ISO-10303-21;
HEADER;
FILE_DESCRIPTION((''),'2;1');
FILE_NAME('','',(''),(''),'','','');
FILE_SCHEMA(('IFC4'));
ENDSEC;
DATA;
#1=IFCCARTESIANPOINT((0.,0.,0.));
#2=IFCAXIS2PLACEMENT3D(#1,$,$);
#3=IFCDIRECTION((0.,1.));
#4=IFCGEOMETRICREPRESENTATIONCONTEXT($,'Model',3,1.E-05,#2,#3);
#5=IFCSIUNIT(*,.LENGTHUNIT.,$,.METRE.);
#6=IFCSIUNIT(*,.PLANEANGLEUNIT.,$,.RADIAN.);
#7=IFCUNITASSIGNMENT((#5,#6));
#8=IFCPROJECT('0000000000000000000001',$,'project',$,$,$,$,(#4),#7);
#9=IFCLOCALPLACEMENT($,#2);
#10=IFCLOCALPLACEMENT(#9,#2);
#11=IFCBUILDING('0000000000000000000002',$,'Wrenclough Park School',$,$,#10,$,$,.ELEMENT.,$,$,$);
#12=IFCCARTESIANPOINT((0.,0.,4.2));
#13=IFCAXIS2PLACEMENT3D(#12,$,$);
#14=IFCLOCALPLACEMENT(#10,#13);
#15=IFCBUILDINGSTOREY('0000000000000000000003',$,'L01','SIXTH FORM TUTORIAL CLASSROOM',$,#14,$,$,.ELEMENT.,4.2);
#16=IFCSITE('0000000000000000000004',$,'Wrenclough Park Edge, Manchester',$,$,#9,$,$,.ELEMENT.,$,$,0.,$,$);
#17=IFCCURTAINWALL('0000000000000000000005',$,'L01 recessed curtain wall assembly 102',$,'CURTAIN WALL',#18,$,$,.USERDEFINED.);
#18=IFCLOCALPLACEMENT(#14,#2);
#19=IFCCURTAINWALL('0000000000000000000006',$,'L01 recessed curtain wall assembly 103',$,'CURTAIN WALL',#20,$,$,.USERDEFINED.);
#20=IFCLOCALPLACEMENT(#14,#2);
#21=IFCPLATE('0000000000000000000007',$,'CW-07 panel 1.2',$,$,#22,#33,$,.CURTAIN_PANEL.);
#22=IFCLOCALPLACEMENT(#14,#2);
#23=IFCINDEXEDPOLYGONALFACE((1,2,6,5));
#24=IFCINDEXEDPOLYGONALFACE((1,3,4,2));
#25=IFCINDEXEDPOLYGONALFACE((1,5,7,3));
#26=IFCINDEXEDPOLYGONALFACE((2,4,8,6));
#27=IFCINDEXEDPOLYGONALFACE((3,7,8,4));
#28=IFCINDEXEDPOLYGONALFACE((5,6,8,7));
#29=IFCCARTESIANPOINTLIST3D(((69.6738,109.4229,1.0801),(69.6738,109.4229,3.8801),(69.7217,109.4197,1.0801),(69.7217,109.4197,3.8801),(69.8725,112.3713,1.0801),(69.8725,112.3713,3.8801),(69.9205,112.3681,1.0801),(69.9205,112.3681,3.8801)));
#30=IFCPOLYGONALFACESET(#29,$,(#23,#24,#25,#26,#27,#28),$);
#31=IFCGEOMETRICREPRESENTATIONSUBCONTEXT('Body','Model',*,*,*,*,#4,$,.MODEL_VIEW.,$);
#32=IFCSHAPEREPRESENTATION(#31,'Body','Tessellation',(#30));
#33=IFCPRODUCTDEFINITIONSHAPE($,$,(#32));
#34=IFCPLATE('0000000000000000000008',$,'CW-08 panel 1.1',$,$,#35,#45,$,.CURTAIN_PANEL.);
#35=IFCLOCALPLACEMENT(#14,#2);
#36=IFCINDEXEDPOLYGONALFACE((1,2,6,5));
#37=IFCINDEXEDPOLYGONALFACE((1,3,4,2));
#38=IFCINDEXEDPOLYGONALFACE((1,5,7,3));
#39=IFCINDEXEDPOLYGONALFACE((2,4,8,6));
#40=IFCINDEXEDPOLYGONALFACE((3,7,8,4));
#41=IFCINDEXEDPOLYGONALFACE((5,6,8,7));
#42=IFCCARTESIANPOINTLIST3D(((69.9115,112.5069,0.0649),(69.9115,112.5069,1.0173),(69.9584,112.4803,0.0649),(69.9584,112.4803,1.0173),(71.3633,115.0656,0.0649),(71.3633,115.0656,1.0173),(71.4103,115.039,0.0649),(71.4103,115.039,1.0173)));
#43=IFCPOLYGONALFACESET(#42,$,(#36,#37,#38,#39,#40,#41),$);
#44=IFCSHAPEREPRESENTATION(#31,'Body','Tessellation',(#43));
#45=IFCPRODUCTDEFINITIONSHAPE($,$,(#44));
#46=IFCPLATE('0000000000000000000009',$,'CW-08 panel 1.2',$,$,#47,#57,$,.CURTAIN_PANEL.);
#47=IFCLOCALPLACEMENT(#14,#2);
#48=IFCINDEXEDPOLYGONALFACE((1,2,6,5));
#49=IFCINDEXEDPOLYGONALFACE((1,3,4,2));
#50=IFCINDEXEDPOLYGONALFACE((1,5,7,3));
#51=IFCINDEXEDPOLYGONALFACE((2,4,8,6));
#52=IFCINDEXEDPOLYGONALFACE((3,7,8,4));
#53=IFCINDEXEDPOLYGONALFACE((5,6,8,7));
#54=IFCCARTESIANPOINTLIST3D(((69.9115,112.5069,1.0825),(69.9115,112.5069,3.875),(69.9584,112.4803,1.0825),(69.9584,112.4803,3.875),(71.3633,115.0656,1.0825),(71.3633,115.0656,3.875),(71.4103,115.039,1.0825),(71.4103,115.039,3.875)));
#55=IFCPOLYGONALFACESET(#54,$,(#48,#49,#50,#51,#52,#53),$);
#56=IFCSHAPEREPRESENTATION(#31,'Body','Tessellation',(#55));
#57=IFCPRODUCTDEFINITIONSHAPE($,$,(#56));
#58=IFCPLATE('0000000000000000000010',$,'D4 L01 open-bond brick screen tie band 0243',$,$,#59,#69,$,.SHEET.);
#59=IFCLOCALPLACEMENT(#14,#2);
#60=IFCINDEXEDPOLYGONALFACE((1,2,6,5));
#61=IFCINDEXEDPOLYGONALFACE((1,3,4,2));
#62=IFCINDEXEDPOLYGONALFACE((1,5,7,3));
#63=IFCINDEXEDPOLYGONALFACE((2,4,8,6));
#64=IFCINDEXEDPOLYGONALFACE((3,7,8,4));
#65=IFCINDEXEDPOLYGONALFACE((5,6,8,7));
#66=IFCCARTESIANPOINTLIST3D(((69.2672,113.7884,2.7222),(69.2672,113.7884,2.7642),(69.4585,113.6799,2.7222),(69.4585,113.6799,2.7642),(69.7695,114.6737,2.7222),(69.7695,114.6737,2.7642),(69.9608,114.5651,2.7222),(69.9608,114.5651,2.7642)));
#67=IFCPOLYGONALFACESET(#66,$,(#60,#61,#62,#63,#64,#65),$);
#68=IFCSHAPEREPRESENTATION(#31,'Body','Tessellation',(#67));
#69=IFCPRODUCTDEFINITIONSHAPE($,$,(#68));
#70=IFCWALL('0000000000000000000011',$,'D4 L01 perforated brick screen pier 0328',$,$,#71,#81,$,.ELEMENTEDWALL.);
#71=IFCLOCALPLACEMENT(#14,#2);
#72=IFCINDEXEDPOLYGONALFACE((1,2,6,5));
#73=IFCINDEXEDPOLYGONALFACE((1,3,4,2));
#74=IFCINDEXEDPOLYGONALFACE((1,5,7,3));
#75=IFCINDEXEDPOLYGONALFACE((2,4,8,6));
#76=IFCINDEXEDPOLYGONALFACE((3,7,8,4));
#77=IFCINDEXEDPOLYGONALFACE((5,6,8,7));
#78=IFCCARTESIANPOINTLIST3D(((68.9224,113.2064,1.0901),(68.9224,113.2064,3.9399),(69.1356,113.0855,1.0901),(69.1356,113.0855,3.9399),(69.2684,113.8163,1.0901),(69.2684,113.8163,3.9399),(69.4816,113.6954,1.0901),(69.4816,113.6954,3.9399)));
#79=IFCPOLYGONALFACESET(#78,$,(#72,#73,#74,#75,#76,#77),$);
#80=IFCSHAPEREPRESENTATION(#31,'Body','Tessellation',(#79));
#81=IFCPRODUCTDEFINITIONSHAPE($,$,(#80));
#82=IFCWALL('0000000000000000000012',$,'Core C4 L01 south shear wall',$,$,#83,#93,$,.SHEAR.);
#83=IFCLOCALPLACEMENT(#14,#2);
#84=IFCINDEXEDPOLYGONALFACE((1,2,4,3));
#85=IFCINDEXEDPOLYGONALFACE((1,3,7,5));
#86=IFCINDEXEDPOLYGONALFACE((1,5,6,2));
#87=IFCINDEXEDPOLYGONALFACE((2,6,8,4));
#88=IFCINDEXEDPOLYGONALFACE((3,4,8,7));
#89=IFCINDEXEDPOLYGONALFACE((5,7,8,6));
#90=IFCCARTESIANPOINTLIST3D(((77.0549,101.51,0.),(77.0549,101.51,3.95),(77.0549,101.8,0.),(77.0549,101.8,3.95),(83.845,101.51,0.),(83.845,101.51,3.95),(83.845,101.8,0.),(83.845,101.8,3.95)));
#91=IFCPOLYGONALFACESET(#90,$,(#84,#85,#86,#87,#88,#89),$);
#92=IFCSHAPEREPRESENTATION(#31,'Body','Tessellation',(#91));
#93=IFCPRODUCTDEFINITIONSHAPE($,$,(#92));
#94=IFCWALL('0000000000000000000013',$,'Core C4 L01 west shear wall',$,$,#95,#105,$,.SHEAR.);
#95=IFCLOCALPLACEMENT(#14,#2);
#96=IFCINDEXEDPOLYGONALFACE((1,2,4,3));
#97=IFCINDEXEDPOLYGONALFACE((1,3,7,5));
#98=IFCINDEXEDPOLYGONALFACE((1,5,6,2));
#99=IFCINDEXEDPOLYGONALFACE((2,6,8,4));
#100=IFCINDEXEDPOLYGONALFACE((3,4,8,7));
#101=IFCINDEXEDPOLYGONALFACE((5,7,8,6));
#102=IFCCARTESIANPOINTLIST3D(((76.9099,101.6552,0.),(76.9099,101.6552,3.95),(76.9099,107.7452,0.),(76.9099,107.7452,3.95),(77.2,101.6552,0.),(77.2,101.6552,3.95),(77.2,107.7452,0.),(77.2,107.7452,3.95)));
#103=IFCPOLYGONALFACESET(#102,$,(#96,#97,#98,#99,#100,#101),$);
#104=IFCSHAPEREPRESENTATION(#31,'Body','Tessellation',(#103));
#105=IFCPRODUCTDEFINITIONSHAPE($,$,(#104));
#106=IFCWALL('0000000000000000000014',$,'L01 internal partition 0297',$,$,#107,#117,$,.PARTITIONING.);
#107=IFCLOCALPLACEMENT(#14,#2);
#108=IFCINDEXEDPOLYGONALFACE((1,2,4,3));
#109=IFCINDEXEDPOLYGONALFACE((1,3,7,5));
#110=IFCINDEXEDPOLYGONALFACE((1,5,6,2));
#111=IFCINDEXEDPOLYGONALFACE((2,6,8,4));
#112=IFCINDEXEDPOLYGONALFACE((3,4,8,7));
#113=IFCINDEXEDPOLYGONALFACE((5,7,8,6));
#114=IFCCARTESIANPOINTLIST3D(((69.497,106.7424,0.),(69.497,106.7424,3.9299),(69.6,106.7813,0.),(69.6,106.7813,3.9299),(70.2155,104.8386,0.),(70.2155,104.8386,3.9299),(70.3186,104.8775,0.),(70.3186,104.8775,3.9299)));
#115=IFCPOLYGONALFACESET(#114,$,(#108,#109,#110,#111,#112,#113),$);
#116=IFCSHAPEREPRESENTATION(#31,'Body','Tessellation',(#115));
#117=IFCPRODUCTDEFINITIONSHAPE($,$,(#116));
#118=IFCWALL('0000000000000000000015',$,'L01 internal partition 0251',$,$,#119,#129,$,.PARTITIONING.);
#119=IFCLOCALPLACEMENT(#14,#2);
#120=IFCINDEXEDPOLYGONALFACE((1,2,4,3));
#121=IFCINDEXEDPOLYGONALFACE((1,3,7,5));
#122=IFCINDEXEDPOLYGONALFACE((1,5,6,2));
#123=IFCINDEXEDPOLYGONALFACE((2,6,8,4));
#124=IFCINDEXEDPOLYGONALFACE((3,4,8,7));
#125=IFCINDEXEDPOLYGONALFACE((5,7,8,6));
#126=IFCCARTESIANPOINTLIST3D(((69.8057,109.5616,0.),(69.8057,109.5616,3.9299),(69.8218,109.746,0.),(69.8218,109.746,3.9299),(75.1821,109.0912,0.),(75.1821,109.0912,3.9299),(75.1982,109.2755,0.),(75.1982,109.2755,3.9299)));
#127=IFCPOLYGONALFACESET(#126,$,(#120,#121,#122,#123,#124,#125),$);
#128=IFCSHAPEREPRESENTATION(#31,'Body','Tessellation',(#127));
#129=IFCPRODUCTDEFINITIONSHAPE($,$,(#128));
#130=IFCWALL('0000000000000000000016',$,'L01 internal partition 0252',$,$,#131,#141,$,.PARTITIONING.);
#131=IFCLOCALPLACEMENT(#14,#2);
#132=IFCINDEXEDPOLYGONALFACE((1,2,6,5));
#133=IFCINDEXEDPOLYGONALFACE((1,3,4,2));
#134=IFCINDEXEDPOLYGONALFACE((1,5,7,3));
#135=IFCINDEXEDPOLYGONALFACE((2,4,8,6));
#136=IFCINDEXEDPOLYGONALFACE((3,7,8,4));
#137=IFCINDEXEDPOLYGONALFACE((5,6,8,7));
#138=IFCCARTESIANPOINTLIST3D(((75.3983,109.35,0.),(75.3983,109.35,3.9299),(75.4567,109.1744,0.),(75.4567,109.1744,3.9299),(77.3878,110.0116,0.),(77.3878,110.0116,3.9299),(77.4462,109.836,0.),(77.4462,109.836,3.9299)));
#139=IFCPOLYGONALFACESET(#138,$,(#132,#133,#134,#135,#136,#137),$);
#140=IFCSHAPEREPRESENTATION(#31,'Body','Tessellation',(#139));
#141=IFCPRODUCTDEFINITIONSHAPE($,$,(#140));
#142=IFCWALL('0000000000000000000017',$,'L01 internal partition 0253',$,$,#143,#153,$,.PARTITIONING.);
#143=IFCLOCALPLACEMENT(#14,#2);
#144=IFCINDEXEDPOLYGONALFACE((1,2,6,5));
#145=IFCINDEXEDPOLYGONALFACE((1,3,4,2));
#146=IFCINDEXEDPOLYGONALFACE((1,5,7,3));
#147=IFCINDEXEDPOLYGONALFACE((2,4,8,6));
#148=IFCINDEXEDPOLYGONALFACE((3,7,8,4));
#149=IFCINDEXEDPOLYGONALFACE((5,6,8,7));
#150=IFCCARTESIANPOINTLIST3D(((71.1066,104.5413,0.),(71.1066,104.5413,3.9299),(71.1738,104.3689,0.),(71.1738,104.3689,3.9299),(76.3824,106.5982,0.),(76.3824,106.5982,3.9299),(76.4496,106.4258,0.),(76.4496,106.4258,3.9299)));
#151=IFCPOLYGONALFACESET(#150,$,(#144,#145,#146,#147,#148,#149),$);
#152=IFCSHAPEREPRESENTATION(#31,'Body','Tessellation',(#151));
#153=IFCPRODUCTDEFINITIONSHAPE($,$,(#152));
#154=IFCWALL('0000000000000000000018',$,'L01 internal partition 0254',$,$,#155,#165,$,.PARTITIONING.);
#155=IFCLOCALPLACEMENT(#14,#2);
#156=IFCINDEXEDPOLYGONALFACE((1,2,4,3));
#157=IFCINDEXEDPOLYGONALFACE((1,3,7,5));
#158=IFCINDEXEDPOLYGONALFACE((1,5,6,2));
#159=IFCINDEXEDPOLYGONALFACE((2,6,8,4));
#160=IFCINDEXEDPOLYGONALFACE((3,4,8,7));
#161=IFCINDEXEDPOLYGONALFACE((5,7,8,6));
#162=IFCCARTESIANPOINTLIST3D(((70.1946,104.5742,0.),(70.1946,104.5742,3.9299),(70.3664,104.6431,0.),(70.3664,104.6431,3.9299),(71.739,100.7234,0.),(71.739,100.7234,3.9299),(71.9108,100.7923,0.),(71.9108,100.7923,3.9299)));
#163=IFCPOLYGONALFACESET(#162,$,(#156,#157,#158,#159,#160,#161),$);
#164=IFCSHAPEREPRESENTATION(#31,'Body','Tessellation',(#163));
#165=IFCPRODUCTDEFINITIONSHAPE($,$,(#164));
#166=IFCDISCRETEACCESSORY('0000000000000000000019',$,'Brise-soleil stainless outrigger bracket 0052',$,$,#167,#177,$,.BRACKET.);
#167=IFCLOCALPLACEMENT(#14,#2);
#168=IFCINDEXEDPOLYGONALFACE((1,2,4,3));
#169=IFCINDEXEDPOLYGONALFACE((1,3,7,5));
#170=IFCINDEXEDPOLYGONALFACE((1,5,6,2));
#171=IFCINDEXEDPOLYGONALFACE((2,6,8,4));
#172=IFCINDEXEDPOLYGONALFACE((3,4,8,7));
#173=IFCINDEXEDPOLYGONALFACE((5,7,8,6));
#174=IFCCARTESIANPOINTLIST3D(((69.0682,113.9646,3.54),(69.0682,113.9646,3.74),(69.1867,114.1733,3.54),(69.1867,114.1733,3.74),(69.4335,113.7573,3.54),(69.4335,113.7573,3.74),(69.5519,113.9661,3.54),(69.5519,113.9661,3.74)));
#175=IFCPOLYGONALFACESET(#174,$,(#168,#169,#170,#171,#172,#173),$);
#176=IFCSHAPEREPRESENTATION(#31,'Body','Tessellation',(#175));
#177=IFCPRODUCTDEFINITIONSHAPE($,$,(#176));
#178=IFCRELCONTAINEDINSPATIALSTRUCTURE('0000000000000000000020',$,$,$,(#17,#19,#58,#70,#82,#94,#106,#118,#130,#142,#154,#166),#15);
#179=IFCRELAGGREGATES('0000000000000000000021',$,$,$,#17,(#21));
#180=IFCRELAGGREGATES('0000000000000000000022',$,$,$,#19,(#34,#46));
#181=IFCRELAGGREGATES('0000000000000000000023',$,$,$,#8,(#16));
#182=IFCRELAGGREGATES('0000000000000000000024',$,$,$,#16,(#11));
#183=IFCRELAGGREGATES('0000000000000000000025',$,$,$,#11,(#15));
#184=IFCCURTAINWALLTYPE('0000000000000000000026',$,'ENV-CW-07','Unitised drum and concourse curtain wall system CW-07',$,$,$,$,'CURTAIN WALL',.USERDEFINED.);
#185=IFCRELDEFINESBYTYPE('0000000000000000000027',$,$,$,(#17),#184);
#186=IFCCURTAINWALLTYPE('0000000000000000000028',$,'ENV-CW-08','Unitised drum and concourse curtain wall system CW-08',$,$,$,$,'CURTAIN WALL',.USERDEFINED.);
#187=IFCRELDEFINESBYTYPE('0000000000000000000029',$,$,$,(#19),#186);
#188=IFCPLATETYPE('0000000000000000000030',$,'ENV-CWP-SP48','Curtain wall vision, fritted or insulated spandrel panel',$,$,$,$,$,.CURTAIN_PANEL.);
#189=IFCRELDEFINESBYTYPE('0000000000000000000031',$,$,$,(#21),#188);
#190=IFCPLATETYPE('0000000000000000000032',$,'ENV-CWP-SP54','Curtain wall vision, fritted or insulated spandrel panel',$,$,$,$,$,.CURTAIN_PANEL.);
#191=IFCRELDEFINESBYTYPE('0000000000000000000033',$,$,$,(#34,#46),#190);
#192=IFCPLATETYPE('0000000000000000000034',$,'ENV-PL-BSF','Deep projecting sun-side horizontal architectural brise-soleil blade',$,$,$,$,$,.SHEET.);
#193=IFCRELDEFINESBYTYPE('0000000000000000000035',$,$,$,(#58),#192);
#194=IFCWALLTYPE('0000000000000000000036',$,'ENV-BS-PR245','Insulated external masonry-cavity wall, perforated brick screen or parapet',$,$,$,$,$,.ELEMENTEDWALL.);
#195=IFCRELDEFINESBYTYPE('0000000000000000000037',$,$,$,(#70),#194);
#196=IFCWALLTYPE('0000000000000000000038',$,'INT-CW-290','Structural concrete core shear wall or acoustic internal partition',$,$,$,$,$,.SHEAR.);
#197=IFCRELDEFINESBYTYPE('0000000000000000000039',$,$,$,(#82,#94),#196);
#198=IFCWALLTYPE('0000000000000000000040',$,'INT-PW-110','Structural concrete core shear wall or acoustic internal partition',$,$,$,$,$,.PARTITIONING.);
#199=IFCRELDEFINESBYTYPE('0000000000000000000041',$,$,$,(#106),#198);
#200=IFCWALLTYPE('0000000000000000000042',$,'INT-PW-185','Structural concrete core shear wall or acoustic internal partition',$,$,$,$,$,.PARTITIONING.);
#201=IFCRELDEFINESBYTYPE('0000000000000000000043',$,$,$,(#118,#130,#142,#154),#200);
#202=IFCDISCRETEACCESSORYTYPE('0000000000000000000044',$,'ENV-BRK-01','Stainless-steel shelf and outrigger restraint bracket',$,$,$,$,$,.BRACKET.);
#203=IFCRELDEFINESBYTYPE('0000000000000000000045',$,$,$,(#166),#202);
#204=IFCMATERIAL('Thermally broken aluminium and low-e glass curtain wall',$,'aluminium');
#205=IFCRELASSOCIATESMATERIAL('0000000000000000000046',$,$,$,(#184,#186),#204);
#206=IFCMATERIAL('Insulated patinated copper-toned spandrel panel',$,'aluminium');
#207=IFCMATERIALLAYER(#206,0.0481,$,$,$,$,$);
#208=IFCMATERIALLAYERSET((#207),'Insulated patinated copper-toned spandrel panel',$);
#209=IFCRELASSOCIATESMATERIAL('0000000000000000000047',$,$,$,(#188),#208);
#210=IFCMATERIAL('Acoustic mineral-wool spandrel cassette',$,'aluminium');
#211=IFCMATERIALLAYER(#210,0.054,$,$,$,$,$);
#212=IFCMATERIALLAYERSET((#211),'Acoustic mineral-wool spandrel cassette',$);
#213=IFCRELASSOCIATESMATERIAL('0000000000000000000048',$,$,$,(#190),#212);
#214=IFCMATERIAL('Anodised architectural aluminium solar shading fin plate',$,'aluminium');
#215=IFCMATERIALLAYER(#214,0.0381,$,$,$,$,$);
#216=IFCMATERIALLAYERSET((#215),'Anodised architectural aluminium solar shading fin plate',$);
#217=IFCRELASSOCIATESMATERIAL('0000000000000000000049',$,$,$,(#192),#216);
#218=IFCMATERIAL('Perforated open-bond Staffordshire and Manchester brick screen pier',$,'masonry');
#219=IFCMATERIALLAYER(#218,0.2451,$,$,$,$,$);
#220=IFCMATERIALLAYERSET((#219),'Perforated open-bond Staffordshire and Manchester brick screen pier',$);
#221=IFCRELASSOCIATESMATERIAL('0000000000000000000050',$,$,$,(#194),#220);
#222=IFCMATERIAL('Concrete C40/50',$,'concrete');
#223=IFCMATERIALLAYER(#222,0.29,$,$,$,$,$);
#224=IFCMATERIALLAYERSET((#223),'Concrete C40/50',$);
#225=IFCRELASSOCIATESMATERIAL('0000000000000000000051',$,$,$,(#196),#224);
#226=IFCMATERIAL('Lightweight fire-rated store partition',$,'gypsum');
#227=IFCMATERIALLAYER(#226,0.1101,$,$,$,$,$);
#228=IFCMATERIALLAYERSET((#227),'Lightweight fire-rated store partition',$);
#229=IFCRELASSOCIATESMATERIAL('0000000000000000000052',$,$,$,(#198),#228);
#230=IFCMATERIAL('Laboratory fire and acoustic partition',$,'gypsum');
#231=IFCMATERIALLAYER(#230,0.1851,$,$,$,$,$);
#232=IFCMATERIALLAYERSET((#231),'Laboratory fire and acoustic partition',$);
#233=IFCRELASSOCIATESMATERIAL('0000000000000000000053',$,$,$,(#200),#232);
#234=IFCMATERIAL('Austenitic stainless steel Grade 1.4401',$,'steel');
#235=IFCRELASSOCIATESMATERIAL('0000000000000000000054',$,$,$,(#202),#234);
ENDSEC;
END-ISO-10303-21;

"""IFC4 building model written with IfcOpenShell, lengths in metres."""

from ifc_helpers import new_model, si_unit, direction, frame, frame_2d, origin, origin_2d, place, context, subcontext, project, spatial, rectangle, extrude, material, layer, layer_set, type_object, element, aggregate, save


model = new_model("IFC4")

# Units and contexts
model_context = context("Model", 3, precision=1e-05, world=origin(), true_north=direction((0.0, 1.0)))
body_context = subcontext(model_context, "Body", "Model", "MODEL_VIEW")
ifc_project = project(units=[si_unit("LENGTHUNIT", "METRE"), si_unit("PLANEANGLEUNIT", "RADIAN")], contexts=[model_context])

# Site, building, storey
site_placement = place(None, origin())
site = spatial("IfcSite", under=ifc_project, at=site_placement, Name="Wrenclough Park Edge, Manchester", CompositionType="ELEMENT", RefElevation=0.0)
building_placement = place(site_placement, origin())
building = spatial("IfcBuilding", under=site, at=building_placement, Name="Wrenclough Park School", CompositionType="ELEMENT")
storey_placement = place(building_placement, frame((0.0, 0.0, 4.2)))
storey = spatial("IfcBuildingStorey", under=building, at=storey_placement, Name="L01", Description="SIXTH FORM TUTORIAL CLASSROOM", CompositionType="ELEMENT", Elevation=4.2)

# Curtain walls
ifc_material_1 = material(Name="Thermally broken aluminium and low-e glass curtain wall", Category="aluminium")
curtain_wall_type_1 = type_object("IfcCurtainWallType", Name="ENV-CW-07", Description="Unitised drum and concourse curtain wall system CW-07", ElementType="CURTAIN WALL", PredefinedType="USERDEFINED", material=ifc_material_1)
curtain_wall_1_placement = place(storey_placement, origin())
curtain_wall_1 = element("IfcCurtainWall", 1, at=curtain_wall_1_placement, inside=storey, type_object=curtain_wall_type_1, Name="L01 recessed curtain wall assembly 102", ObjectType="CURTAIN WALL", PredefinedType="USERDEFINED")
curtain_wall_type_2 = type_object("IfcCurtainWallType", Name="ENV-CW-08", Description="Unitised drum and concourse curtain wall system CW-08", ElementType="CURTAIN WALL", PredefinedType="USERDEFINED", material=ifc_material_1)
curtain_wall_2_placement = place(storey_placement, origin())
curtain_wall_2 = element("IfcCurtainWall", 2, at=curtain_wall_2_placement, inside=storey, type_object=curtain_wall_type_2, Name="L01 recessed curtain wall assembly 103", ObjectType="CURTAIN WALL", PredefinedType="USERDEFINED")

# Plates
ifc_material_2 = material(Name="Insulated patinated copper-toned spandrel panel", Category="aluminium")
ifc_layer_1 = layer(ifc_material_2, 0.0481)
ifc_layer_set_1 = layer_set([ifc_layer_1], Name="Insulated patinated copper-toned spandrel panel")
plate_type_1 = type_object("IfcPlateType", Name="ENV-CWP-SP48", Description="Curtain wall vision, fritted or insulated spandrel panel", PredefinedType="CURTAIN_PANEL", material=ifc_layer_set_1)
plate_1_placement = place(storey_placement, frame((69.7971, 110.8955, 1.0801), z_axis=(0.0, 0.0, 1.0), x_axis=(0.067253, 0.997736, 0.0)))
plate_1 = element("IfcPlate", 3, at=plate_1_placement, type_object=plate_type_1, Name="CW-07 panel 1.2", PredefinedType="CURTAIN_PANEL", context=body_context, shape_type="SweptSolid", body=[
    extrude(rectangle(XDim=2.9551, YDim=0.0481, at=origin_2d()), origin(), (0.0, 0.0, 1.0), 2.8),
])
aggregate(curtain_wall_1, [plate_1])
ifc_material_3 = material(Name="Acoustic mineral-wool spandrel cassette", Category="aluminium")
ifc_layer_2 = layer(ifc_material_3, 0.054)
ifc_layer_set_2 = layer_set([ifc_layer_2], Name="Acoustic mineral-wool spandrel cassette")
plate_type_2 = type_object("IfcPlateType", Name="ENV-CWP-SP54", Description="Curtain wall vision, fritted or insulated spandrel panel", PredefinedType="CURTAIN_PANEL", material=ifc_layer_set_2)
plate_2_placement = place(storey_placement, frame((70.6609, 113.7729, 0.0649), z_axis=(0.0, 0.0, 1.0), x_axis=(0.493501, 0.869745, 0.0)))
plate_2 = element("IfcPlate", 4, at=plate_2_placement, type_object=plate_type_2, Name="CW-08 panel 1.1", PredefinedType="CURTAIN_PANEL", context=body_context, shape_type="SweptSolid", body=[
    extrude(rectangle(XDim=2.9419, YDim=0.054, at=origin_2d()), origin(), (0.0, 0.0, 1.0), 0.9524),
])
plate_3_placement = place(storey_placement, frame((70.6609, 113.7729, 1.0825), z_axis=(0.0, 0.0, 1.0), x_axis=(0.493501, 0.869745, 0.0)))
plate_3 = element("IfcPlate", 5, at=plate_3_placement, type_object=plate_type_2, Name="CW-08 panel 1.2", PredefinedType="CURTAIN_PANEL", context=body_context, shape_type="SweptSolid", body=[
    extrude(rectangle(XDim=2.9419, YDim=0.054, at=origin_2d()), origin(), (0.0, 0.0, 1.0), 2.7925),
])
aggregate(curtain_wall_2, [plate_2, plate_3])
ifc_material_4 = material(Name="Anodised architectural aluminium solar shading fin plate", Category="aluminium")
ifc_layer_3 = layer(ifc_material_4, 0.0381)
ifc_layer_set_3 = layer_set([ifc_layer_3], Name="Anodised architectural aluminium solar shading fin plate")
plate_type_3 = type_object("IfcPlateType", Name="ENV-PL-BSF", Description="Deep projecting sun-side horizontal architectural brise-soleil blade", PredefinedType="SHEET", material=ifc_layer_set_3)
plate_4_placement = place(storey_placement, frame((69.614, 114.1768, 2.7222), z_axis=(0.0, 0.0, 1.0), x_axis=(-0.493509, -0.869741, 0.0)))
element("IfcPlate", 6, at=plate_4_placement, inside=storey, type_object=plate_type_3, Name="D4 L01 open-bond brick screen tie band 0243", PredefinedType="SHEET", context=body_context, shape_type="SweptSolid", body=[
    extrude(rectangle(XDim=1.0178, YDim=0.22, at=origin_2d()), origin(), (0.0, 0.0, 1.0), 0.042),
])

# Walls
ifc_material_5 = material(Name="Perforated open-bond Staffordshire and Manchester brick screen pier", Category="masonry")
ifc_layer_4 = layer(ifc_material_5, 0.2451)
ifc_layer_set_4 = layer_set([ifc_layer_4], Name="Perforated open-bond Staffordshire and Manchester brick screen pier")
wall_type_1 = type_object("IfcWallType", Name="ENV-BS-PR245", Description="Insulated external masonry-cavity wall, perforated brick screen or parapet", PredefinedType="ELEMENTEDWALL", material=ifc_layer_set_4)
wall_1_placement = place(storey_placement, frame((69.375, 113.7559, 1.0901), z_axis=(0.0, 0.0, 1.0), x_axis=(-0.493399, -0.869803, 0.0)))
element("IfcWall", 7, at=wall_1_placement, inside=storey, type_object=wall_type_1, Name="D4 L01 perforated brick screen pier 0328", PredefinedType="ELEMENTEDWALL", context=body_context, shape_type="SweptSolid", body=[
    extrude(rectangle(XDim=0.7012, YDim=0.2451, at=frame_2d((0.3506, 0.0))), origin(), (0.0, 0.0, 1.0), 2.8499),
])
ifc_material_6 = material(Name="Concrete C40/50", Category="concrete")
ifc_layer_5 = layer(ifc_material_6, 0.29)
ifc_layer_set_5 = layer_set([ifc_layer_5], Name="Concrete C40/50")
wall_type_2 = type_object("IfcWallType", Name="INT-CW-290", Description="Structural concrete core shear wall or acoustic internal partition", PredefinedType="SHEAR", material=ifc_layer_set_5)
wall_2_placement = place(storey_placement, frame((77.0549, 101.655, 0.0), z_axis=(0.0, 0.0, 1.0), x_axis=(1.0, 0.0, 0.0)))
element("IfcWall", 8, at=wall_2_placement, inside=storey, type_object=wall_type_2, Name="Core C4 L01 south shear wall", PredefinedType="SHEAR", context=body_context, shape_type="SweptSolid", body=[
    extrude(rectangle(XDim=6.79, YDim=0.29, at=frame_2d((3.395, 0.0))), origin(), (0.0, 0.0, 1.0), 3.95),
])
wall_3_placement = place(storey_placement, frame((77.0549, 107.7451, 0.0), z_axis=(0.0, 0.0, 1.0), x_axis=(0.0, -1.0, 0.0)))
element("IfcWall", 9, at=wall_3_placement, inside=storey, type_object=wall_type_2, Name="Core C4 L01 west shear wall", PredefinedType="SHEAR", context=body_context, shape_type="SweptSolid", body=[
    extrude(rectangle(XDim=6.0901, YDim=0.29, at=frame_2d((3.0449, 0.0))), origin(), (0.0, 0.0, 1.0), 3.95),
])
ifc_material_7 = material(Name="Lightweight fire-rated store partition", Category="gypsum")
ifc_layer_6 = layer(ifc_material_7, 0.1101)
ifc_layer_set_6 = layer_set([ifc_layer_6], Name="Lightweight fire-rated store partition")
wall_type_3 = type_object("IfcWallType", Name="INT-PW-110", Description="Structural concrete core shear wall or acoustic internal partition", PredefinedType="PARTITIONING", material=ifc_layer_set_6)
wall_4_placement = place(storey_placement, frame((70.2671, 104.8579, 0.0), z_axis=(0.0, 0.0, 1.0), x_axis=(-0.353095, 0.935588, 0.0)))
element("IfcWall", 10, at=wall_4_placement, inside=storey, type_object=wall_type_3, Name="L01 internal partition 0297", PredefinedType="PARTITIONING", context=body_context, shape_type="SweptSolid", body=[
    extrude(rectangle(XDim=2.0349, YDim=0.1101, at=frame_2d((1.0176, 0.0))), origin(), (0.0, 0.0, 1.0), 3.9299),
])
ifc_material_8 = material(Name="Laboratory fire and acoustic partition", Category="gypsum")
ifc_layer_7 = layer(ifc_material_8, 0.1851)
ifc_layer_set_7 = layer_set([ifc_layer_7], Name="Laboratory fire and acoustic partition")
wall_type_4 = type_object("IfcWallType", Name="INT-PW-185", Description="Structural concrete core shear wall or acoustic internal partition", PredefinedType="PARTITIONING", material=ifc_layer_set_7)
wall_5_placement = place(storey_placement, frame((69.8137, 109.6538, 0.0), z_axis=(0.0, 0.0, 1.0), x_axis=(0.996193, -0.08717, 0.0)))
element("IfcWall", 11, at=wall_5_placement, inside=storey, type_object=wall_type_4, Name="L01 internal partition 0251", PredefinedType="PARTITIONING", context=body_context, shape_type="SweptSolid", body=[
    extrude(rectangle(XDim=5.397, YDim=0.1851, at=frame_2d((2.6985, 0.0))), origin(), (0.0, 0.0, 1.0), 3.9299),
])
wall_6_placement = place(storey_placement, frame((75.4275, 109.2622, 0.0), z_axis=(0.0, 0.0, 1.0), x_axis=(0.948904, 0.315564, 0.0)))
element("IfcWall", 12, at=wall_6_placement, inside=storey, type_object=wall_type_4, Name="L01 internal partition 0252", PredefinedType="PARTITIONING", context=body_context, shape_type="SweptSolid", body=[
    extrude(rectangle(XDim=2.0967, YDim=0.1851, at=frame_2d((1.0483, 0.0))), origin(), (0.0, 0.0, 1.0), 3.9299),
])
wall_7_placement = place(storey_placement, frame((76.416, 106.512, 0.0), z_axis=(0.0, 0.0, 1.0), x_axis=(-0.931697, -0.363237, 0.0)))
element("IfcWall", 13, at=wall_7_placement, inside=storey, type_object=wall_type_4, Name="L01 internal partition 0253", PredefinedType="PARTITIONING", context=body_context, shape_type="SweptSolid", body=[
    extrude(rectangle(XDim=5.6626, YDim=0.1851, at=frame_2d((2.8313, 0.0))), origin(), (0.0, 0.0, 1.0), 3.9299),
])
wall_8_placement = place(storey_placement, frame((70.2805, 104.6086, 0.0), z_axis=(0.0, 0.0, 1.0), x_axis=(0.372243, -0.928135, 0.0)))
element("IfcWall", 14, at=wall_8_placement, inside=storey, type_object=wall_type_4, Name="L01 internal partition 0254", PredefinedType="PARTITIONING", context=body_context, shape_type="SweptSolid", body=[
    extrude(rectangle(XDim=4.1489, YDim=0.1851, at=frame_2d((2.0745, 0.0))), origin(), (0.0, 0.0, 1.0), 3.9299),
])

# Discrete accessory
ifc_material_9 = material(Name="Austenitic stainless steel Grade 1.4401", Category="steel")
discrete_accessory_type_1 = type_object("IfcDiscreteAccessoryType", Name="ENV-BRK-01", Description="Stainless-steel shelf and outrigger restraint bracket", PredefinedType="BRACKET", material=ifc_material_9)
discrete_accessory_1_placement = place(storey_placement, frame((69.3101, 113.9653, 3.54), z_axis=(0.0, 0.0, 1.0), x_axis=(-0.493509, -0.869741, 0.0)))
element("IfcDiscreteAccessory", 15, at=discrete_accessory_1_placement, inside=storey, type_object=discrete_accessory_type_1, Name="Brise-soleil stainless outrigger bracket 0052", PredefinedType="BRACKET", context=body_context, shape_type="SweptSolid", body=[
    extrude(rectangle(XDim=0.24, YDim=0.4199, at=origin_2d()), origin(), (0.0, 0.0, 1.0), 0.2),
])

save(model, "model.ifc")
